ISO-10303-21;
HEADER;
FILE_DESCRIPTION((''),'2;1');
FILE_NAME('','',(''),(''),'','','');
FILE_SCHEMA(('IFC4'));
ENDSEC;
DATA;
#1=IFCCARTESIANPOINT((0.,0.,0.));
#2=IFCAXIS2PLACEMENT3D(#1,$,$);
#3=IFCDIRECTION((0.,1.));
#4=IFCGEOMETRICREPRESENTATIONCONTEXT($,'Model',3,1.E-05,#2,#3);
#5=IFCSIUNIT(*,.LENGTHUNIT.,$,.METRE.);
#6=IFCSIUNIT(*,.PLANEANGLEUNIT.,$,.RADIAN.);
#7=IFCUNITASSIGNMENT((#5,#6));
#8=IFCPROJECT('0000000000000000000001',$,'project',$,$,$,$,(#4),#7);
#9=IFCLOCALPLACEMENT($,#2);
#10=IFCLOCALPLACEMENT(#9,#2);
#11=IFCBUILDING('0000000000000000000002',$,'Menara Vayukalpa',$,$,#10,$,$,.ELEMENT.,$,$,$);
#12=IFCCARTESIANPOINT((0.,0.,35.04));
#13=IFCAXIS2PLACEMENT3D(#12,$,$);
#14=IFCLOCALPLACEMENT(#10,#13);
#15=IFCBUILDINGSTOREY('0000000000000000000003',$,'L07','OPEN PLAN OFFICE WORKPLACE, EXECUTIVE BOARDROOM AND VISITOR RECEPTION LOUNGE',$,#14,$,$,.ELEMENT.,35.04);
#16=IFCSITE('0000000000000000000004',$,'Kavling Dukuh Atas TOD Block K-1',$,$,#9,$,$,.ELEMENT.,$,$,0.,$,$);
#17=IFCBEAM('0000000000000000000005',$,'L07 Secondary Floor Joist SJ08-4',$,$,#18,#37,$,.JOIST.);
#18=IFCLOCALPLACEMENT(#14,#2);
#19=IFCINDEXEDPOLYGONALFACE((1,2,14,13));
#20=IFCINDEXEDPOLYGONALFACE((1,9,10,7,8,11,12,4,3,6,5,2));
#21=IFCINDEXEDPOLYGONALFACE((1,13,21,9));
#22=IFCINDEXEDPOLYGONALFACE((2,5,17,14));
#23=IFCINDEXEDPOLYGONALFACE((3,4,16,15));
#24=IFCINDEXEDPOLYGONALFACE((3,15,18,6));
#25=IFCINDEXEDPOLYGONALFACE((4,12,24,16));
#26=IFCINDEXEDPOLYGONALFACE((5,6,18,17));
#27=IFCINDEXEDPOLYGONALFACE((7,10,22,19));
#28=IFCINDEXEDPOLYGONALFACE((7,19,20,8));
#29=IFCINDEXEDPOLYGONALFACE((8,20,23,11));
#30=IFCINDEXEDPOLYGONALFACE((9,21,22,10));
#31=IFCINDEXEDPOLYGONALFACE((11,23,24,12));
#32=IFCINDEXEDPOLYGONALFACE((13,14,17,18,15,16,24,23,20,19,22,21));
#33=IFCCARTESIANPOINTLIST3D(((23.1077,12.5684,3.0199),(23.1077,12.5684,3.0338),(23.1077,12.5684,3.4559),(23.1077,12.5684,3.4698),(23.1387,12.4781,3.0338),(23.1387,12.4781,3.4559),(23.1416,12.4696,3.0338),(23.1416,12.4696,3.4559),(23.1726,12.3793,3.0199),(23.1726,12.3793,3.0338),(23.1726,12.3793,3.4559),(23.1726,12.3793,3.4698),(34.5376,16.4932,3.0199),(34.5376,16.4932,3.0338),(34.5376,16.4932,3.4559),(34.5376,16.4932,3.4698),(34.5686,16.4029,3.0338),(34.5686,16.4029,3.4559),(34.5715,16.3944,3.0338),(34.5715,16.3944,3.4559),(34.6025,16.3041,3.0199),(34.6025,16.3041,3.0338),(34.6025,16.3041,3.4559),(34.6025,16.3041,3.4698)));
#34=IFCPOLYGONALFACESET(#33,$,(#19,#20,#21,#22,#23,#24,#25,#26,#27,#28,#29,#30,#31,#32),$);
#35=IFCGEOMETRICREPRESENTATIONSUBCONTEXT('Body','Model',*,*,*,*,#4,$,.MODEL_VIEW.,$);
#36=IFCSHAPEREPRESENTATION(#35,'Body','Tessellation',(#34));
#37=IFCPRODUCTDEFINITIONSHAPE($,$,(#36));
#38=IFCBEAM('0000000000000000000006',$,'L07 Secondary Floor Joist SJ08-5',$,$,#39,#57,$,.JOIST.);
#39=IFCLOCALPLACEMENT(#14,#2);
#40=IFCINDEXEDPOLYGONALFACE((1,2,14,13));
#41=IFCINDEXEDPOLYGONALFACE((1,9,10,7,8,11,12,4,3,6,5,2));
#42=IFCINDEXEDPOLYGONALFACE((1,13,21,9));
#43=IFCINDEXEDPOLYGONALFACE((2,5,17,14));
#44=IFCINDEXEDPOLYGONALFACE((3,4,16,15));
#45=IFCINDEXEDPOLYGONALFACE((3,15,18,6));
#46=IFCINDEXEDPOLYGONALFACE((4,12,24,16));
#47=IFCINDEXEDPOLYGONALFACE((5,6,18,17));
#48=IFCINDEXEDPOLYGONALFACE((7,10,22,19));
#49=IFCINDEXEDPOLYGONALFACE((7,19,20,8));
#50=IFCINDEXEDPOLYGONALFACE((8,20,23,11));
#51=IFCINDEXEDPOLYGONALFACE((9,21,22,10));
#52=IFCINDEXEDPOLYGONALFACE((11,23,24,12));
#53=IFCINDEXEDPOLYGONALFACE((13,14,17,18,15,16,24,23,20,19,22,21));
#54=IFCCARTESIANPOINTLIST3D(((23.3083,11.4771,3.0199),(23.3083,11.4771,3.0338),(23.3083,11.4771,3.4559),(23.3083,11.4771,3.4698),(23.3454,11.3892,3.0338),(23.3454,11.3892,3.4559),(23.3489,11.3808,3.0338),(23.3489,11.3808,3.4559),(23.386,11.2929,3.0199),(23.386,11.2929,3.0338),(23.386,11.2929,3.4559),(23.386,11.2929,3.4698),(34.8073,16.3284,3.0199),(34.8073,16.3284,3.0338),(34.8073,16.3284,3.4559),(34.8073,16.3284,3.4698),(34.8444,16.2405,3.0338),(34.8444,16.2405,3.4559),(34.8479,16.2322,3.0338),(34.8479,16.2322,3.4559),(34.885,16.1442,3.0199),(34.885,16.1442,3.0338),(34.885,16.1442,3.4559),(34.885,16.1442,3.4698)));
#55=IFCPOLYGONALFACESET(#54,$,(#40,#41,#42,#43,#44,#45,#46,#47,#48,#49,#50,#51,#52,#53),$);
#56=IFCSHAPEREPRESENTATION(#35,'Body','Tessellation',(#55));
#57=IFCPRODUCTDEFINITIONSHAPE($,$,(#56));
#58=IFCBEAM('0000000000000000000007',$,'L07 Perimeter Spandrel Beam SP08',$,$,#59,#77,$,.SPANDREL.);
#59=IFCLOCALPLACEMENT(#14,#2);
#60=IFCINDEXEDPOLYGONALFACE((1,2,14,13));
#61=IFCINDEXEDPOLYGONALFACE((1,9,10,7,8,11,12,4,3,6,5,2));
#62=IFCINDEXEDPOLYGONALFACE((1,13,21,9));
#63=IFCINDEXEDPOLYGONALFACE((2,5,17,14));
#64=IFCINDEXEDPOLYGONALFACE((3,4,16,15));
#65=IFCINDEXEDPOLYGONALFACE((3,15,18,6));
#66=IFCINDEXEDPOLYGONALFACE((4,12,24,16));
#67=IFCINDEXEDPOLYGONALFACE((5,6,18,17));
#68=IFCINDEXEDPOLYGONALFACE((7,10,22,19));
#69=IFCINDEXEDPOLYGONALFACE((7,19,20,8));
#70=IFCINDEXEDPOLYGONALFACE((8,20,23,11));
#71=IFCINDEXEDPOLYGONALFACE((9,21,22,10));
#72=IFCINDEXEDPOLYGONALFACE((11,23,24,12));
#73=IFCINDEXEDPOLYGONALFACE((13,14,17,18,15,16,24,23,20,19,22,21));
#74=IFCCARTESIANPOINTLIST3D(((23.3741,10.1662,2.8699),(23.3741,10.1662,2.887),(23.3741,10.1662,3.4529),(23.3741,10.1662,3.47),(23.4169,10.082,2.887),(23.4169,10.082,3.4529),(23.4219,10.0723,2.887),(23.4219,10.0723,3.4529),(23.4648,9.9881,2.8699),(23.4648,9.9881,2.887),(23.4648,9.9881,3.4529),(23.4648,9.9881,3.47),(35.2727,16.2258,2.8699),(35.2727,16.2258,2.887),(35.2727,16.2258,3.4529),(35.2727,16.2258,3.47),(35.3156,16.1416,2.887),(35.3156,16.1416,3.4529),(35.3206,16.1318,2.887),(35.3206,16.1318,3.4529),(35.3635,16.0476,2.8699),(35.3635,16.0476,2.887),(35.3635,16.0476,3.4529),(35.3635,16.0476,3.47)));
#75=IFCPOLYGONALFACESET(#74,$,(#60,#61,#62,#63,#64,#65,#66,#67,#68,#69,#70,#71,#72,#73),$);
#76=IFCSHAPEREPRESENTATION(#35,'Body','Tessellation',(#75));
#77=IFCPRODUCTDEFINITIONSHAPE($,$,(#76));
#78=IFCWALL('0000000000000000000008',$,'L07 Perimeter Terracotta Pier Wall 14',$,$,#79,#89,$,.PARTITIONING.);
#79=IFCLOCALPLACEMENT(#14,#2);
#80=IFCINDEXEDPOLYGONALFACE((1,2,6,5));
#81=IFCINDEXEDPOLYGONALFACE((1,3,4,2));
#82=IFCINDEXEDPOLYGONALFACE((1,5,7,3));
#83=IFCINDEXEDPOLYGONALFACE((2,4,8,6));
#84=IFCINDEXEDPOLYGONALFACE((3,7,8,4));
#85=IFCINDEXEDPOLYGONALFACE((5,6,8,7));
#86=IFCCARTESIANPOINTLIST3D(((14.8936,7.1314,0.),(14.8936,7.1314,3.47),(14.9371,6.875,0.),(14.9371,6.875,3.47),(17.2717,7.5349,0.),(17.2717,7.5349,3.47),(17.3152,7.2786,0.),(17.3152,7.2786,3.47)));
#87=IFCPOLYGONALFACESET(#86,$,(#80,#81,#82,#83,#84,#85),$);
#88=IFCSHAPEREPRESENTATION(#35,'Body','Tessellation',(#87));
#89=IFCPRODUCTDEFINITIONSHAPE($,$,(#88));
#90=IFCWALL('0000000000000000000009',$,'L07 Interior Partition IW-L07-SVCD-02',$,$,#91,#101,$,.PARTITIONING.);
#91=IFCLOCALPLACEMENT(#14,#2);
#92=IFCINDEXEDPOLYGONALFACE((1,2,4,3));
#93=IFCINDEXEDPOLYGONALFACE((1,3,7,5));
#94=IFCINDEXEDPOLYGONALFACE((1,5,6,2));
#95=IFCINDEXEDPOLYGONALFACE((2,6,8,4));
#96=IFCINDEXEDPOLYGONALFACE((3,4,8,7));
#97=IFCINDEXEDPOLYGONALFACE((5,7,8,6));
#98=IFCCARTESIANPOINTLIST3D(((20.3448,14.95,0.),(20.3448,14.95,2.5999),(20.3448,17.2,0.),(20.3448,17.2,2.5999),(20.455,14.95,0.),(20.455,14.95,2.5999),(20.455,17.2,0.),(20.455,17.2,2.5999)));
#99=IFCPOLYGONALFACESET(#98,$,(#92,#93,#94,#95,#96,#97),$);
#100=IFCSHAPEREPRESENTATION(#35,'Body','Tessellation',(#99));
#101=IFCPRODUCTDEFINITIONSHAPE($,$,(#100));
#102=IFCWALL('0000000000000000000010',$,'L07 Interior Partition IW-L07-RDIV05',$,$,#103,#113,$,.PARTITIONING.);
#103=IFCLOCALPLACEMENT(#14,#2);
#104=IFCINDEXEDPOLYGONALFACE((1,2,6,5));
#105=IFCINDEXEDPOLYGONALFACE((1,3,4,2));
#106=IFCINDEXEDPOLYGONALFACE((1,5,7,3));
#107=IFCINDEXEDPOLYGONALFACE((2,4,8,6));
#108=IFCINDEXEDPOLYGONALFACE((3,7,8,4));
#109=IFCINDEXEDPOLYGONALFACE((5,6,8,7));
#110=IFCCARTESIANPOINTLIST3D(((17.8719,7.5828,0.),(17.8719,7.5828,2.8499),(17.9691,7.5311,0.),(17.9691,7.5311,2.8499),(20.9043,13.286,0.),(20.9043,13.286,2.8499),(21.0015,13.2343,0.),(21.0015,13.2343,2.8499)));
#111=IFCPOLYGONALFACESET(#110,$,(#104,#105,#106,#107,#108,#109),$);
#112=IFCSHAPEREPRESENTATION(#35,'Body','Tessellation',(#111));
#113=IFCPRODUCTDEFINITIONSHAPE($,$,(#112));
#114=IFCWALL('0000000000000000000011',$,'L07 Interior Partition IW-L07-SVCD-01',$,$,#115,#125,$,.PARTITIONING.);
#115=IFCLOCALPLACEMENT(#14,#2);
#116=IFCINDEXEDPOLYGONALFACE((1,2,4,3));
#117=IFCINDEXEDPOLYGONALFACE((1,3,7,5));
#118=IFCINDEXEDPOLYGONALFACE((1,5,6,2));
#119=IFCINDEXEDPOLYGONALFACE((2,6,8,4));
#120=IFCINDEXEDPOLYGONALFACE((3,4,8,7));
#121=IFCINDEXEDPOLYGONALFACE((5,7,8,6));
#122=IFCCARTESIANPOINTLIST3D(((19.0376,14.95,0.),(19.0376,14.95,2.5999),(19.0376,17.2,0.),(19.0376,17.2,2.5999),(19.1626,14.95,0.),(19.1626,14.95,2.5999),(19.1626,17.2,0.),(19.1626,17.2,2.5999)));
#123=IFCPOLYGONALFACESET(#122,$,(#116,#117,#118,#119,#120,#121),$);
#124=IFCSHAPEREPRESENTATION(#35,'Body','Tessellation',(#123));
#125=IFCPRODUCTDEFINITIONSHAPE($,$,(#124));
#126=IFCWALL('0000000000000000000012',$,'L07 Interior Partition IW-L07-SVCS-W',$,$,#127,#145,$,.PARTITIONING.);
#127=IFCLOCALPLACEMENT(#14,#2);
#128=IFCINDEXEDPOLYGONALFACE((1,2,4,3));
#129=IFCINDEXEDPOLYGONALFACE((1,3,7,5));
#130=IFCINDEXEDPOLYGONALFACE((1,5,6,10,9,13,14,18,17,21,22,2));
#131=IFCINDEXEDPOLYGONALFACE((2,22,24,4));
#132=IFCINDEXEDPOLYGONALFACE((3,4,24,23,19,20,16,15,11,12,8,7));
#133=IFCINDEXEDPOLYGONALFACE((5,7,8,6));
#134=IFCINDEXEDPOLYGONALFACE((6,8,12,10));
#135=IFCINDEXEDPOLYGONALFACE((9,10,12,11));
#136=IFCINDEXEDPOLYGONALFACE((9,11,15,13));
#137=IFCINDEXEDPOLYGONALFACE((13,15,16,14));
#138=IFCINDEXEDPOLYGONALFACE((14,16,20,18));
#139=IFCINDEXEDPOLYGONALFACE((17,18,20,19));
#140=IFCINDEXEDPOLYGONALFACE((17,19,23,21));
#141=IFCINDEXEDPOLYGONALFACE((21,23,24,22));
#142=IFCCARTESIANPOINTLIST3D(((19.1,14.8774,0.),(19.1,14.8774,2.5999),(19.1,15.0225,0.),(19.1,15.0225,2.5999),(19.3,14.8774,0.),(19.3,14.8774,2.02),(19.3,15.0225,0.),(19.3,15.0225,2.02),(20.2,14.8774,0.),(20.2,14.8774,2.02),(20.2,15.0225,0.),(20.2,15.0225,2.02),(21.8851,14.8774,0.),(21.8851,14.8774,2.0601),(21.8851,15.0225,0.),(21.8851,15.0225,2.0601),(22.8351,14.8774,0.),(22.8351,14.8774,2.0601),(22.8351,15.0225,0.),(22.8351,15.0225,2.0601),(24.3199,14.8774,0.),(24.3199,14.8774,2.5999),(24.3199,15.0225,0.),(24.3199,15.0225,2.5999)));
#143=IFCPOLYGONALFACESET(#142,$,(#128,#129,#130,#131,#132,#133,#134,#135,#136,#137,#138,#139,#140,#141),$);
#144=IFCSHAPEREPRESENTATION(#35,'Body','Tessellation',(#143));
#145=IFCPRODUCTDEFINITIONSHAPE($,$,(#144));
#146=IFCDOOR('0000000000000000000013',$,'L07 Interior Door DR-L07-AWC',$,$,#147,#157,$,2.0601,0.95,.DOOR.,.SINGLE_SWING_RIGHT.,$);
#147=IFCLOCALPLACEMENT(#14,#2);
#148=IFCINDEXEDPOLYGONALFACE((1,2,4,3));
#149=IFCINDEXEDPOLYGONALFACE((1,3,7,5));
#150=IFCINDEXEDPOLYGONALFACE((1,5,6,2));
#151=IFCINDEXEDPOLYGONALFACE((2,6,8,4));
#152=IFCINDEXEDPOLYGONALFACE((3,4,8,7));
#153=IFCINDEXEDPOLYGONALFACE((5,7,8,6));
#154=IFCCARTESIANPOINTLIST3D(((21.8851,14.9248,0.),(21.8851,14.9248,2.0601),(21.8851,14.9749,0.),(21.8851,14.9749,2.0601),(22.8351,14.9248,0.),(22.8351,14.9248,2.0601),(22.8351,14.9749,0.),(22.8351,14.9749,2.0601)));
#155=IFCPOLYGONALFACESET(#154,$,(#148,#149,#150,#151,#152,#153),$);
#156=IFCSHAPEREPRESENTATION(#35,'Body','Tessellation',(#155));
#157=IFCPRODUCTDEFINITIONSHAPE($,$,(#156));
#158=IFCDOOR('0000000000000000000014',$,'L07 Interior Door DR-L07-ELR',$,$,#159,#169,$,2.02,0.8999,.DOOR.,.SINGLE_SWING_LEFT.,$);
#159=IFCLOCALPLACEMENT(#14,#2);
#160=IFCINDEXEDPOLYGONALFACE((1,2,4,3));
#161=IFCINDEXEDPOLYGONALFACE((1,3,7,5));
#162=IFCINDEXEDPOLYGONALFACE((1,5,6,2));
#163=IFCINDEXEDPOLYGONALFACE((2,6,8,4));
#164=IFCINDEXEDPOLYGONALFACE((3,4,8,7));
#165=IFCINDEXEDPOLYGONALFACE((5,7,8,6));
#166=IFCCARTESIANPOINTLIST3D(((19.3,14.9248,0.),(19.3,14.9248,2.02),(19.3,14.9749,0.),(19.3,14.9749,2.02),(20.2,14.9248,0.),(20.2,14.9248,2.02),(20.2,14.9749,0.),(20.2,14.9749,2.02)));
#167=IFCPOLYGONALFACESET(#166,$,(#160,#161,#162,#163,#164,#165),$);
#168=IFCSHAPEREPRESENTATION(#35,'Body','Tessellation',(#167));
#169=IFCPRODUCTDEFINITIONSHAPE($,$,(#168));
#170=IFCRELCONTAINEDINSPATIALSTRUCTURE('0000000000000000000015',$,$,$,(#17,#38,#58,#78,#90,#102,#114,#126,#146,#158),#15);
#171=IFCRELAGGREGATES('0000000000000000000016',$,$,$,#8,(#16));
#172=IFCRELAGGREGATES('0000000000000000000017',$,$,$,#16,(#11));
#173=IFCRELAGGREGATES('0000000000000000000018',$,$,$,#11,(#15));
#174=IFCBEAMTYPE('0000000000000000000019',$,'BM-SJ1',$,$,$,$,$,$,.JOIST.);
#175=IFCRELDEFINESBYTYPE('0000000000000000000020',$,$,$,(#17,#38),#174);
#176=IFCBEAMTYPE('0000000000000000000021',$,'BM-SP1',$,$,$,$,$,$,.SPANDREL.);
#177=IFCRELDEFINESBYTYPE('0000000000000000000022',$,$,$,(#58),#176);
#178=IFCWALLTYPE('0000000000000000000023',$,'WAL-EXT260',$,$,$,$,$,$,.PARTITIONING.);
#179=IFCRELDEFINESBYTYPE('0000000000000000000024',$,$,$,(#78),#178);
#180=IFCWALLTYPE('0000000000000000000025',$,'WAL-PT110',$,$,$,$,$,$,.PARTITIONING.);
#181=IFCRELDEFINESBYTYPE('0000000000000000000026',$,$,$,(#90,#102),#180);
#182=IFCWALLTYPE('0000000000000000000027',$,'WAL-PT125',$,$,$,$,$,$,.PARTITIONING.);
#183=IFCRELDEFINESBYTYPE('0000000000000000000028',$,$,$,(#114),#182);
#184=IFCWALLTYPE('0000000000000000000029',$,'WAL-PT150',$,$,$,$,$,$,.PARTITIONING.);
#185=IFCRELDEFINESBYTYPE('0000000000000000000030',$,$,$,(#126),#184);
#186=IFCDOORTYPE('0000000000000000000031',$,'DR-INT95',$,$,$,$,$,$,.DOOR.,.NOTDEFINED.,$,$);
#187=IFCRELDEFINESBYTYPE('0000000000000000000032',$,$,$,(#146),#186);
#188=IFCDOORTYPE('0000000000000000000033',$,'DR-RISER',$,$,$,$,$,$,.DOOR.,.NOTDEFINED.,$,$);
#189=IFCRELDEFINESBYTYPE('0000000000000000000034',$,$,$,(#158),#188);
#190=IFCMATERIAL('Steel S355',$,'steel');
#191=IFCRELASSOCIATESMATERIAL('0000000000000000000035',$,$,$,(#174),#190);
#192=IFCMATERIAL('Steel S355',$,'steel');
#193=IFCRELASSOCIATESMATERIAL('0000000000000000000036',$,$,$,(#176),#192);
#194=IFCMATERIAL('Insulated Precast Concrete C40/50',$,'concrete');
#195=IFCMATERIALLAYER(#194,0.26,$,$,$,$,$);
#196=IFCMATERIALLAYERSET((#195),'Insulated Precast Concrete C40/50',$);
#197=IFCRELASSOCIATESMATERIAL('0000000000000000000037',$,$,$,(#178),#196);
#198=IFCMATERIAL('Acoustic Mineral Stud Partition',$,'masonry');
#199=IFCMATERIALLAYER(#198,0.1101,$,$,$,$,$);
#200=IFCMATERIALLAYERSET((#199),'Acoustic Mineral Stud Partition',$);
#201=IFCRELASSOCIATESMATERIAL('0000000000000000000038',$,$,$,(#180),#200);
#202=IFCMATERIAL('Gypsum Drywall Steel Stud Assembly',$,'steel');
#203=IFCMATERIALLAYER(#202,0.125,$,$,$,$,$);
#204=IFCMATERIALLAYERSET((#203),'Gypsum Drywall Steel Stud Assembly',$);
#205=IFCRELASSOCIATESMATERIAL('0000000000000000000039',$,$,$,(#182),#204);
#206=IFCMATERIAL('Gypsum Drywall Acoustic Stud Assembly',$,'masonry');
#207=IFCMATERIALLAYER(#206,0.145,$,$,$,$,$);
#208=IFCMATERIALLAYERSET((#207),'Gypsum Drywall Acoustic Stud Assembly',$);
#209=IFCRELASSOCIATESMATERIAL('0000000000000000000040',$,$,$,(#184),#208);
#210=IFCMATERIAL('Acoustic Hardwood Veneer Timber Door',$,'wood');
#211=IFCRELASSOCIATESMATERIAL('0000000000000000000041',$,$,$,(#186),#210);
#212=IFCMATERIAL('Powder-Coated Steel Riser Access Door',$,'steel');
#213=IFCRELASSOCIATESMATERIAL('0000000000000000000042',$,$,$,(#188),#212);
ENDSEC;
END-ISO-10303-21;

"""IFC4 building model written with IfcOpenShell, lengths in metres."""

from ifc_helpers import new_model, si_unit, direction, frame, frame_2d, origin, origin_2d, place, context, subcontext, project, spatial, rectangle, i_section, extrude, material, layer, layer_set, material_profile, profile_set, type_object, element, fill, save


model = new_model("IFC4")

# Units and contexts
model_context = context("Model", 3, precision=1e-05, world=origin(), true_north=direction((0.0, 1.0)))
body_context = subcontext(model_context, "Body", "Model", "MODEL_VIEW")
ifc_project = project(units=[si_unit("LENGTHUNIT", "METRE"), si_unit("PLANEANGLEUNIT", "RADIAN")], contexts=[model_context])

# Site, building, storey
site_placement = place(None, origin())
site = spatial("IfcSite", under=ifc_project, at=site_placement, Name="Kavling Dukuh Atas TOD Block K-1", CompositionType="ELEMENT", RefElevation=0.0)
building_placement = place(site_placement, origin())
building = spatial("IfcBuilding", under=site, at=building_placement, Name="Menara Vayukalpa", CompositionType="ELEMENT")
storey_placement = place(building_placement, frame((0.0, 0.0, 35.04)))
storey = spatial("IfcBuildingStorey", under=building, at=storey_placement, Name="L07", Description="OPEN PLAN OFFICE WORKPLACE, EXECUTIVE BOARDROOM AND VISITOR RECEPTION LOUNGE", CompositionType="ELEMENT", Elevation=35.04)

# Beams
ifc_material_1 = material(Name="Steel S355", Category="steel")
ifc_material_profile_1 = material_profile(ifc_material_1, i_section(OverallWidth=0.2, OverallDepth=0.45, WebThickness=0.009, FlangeThickness=0.0139, at=origin_2d()), Name="WF 450x200x9x14")
ifc_profile_set_1 = profile_set([ifc_material_profile_1], Name="Steel S355")
beam_type_1 = type_object("IfcBeamType", Name="BM-SJ1", PredefinedType="JOIST", material=ifc_profile_set_1)
beam_1_placement = place(storey_placement, frame((23.1401, 12.4739, 3.2449), z_axis=(0.945794, 0.324766, 0.0), x_axis=(-0.324766, 0.945794, 0.0)))
element("IfcBeam", 1, at=beam_1_placement, inside=storey, type_object=beam_type_1, Name="L07 Secondary Floor Joist SJ08-4", PredefinedType="JOIST", context=body_context, shape_type="SweptSolid", body=[
    extrude(i_section(OverallWidth=0.2, OverallDepth=0.45, WebThickness=0.009, FlangeThickness=0.0139, at=origin_2d()), origin(), (0.0, 0.0, 1.0), 12.085),
])
beam_2_placement = place(storey_placement, frame((23.3472, 11.385, 3.2449), z_axis=(0.921359, 0.388712, 0.0), x_axis=(-0.388712, 0.921359, 0.0)))
element("IfcBeam", 2, at=beam_2_placement, inside=storey, type_object=beam_type_1, Name="L07 Secondary Floor Joist SJ08-5", PredefinedType="JOIST", context=body_context, shape_type="SweptSolid", body=[
    extrude(i_section(OverallWidth=0.2, OverallDepth=0.45, WebThickness=0.009, FlangeThickness=0.0139, at=origin_2d()), origin(), (0.0, 0.0, 1.0), 12.4805),
])
ifc_material_2 = material(Name="Steel S355", Category="steel")
ifc_material_profile_2 = material_profile(ifc_material_2, i_section(OverallWidth=0.2, OverallDepth=0.6001, WebThickness=0.011, FlangeThickness=0.0171, at=origin_2d()), Name="WF 600x200x11x17")
ifc_profile_set_2 = profile_set([ifc_material_profile_2], Name="Steel S355")
beam_type_2 = type_object("IfcBeamType", Name="BM-SP1", PredefinedType="SPANDREL", material=ifc_profile_set_2)
beam_3_placement = place(storey_placement, frame((23.4194, 10.0771, 3.1699), z_axis=(0.891101, 0.453806, 0.0), x_axis=(-0.453806, 0.891101, 0.0)))
element("IfcBeam", 3, at=beam_3_placement, inside=storey, type_object=beam_type_2, Name="L07 Perimeter Spandrel Beam SP08", PredefinedType="SPANDREL", context=body_context, shape_type="SweptSolid", body=[
    extrude(i_section(OverallWidth=0.2, OverallDepth=0.6001, WebThickness=0.011, FlangeThickness=0.0171, at=origin_2d()), origin(), (0.0, 0.0, 1.0), 13.3528),
])

# Walls
ifc_material_3 = material(Name="Insulated Precast Concrete C40/50", Category="concrete")
ifc_layer_1 = layer(ifc_material_3, 0.26)
ifc_layer_set_1 = layer_set([ifc_layer_1], Name="Insulated Precast Concrete C40/50")
wall_type_1 = type_object("IfcWallType", Name="WAL-EXT260", PredefinedType="PARTITIONING", material=ifc_layer_set_1)
wall_1_placement = place(storey_placement, frame((17.2935, 7.4067, 0.0), z_axis=(0.0, 0.0, 1.0), x_axis=(-0.985905, -0.167303, 0.0)))
element("IfcWall", 4, at=wall_1_placement, inside=storey, type_object=wall_type_1, Name="L07 Perimeter Terracotta Pier Wall 14", PredefinedType="PARTITIONING", context=body_context, shape_type="SweptSolid", body=[
    extrude(rectangle(XDim=2.4121, YDim=0.26, at=frame_2d((1.2061, 0.0))), origin(), (0.0, 0.0, 1.0), 3.47),
])
ifc_material_4 = material(Name="Acoustic Mineral Stud Partition", Category="masonry")
ifc_layer_2 = layer(ifc_material_4, 0.1101)
ifc_layer_set_2 = layer_set([ifc_layer_2], Name="Acoustic Mineral Stud Partition")
wall_type_2 = type_object("IfcWallType", Name="WAL-PT110", PredefinedType="PARTITIONING", material=ifc_layer_set_2)
wall_2_placement = place(storey_placement, frame((20.3999, 14.95, 0.0), z_axis=(0.0, 0.0, 1.0), x_axis=(0.0, 1.0, 0.0)))
element("IfcWall", 5, at=wall_2_placement, inside=storey, type_object=wall_type_2, Name="L07 Interior Partition IW-L07-SVCD-02", PredefinedType="PARTITIONING", context=body_context, shape_type="SweptSolid", body=[
    extrude(rectangle(XDim=2.25, YDim=0.1101, at=frame_2d((1.125, 0.0))), origin(), (0.0, 0.0, 1.0), 2.5999),
])
wall_3_placement = place(storey_placement, frame((20.9529, 13.26, 0.0), z_axis=(0.0, 0.0, 1.0), x_axis=(-0.469479, -0.882943, 0.0)))
element("IfcWall", 6, at=wall_3_placement, inside=storey, type_object=wall_type_2, Name="L07 Interior Partition IW-L07-RDIV05", PredefinedType="PARTITIONING", context=body_context, shape_type="SweptSolid", body=[
    extrude(rectangle(XDim=6.4592, YDim=0.1101, at=frame_2d((3.2295, 0.0))), origin(), (0.0, 0.0, 1.0), 2.8499),
])
ifc_material_5 = material(Name="Gypsum Drywall Steel Stud Assembly", Category="steel")
ifc_layer_3 = layer(ifc_material_5, 0.125)
ifc_layer_set_3 = layer_set([ifc_layer_3], Name="Gypsum Drywall Steel Stud Assembly")
wall_type_3 = type_object("IfcWallType", Name="WAL-PT125", PredefinedType="PARTITIONING", material=ifc_layer_set_3)
wall_4_placement = place(storey_placement, frame((19.1001, 14.95, 0.0), z_axis=(0.0, 0.0, 1.0), x_axis=(0.0, 1.0, 0.0)))
element("IfcWall", 7, at=wall_4_placement, inside=storey, type_object=wall_type_3, Name="L07 Interior Partition IW-L07-SVCD-01", PredefinedType="PARTITIONING", context=body_context, shape_type="SweptSolid", body=[
    extrude(rectangle(XDim=2.25, YDim=0.125, at=frame_2d((1.125, 0.0))), origin(), (0.0, 0.0, 1.0), 2.5999),
])

# Wall, openings, doors
ifc_material_6 = material(Name="Gypsum Drywall Acoustic Stud Assembly", Category="masonry")
ifc_layer_4 = layer(ifc_material_6, 0.145)
ifc_layer_set_4 = layer_set([ifc_layer_4], Name="Gypsum Drywall Acoustic Stud Assembly")
wall_type_4 = type_object("IfcWallType", Name="WAL-PT150", PredefinedType="PARTITIONING", material=ifc_layer_set_4)
wall_5_placement = place(storey_placement, frame((19.1001, 14.95, 0.0), z_axis=(0.0, 0.0, 1.0), x_axis=(1.0, 0.0, 0.0)))
wall_5 = element("IfcWall", 8, at=wall_5_placement, inside=storey, type_object=wall_type_4, Name="L07 Interior Partition IW-L07-SVCS-W", PredefinedType="PARTITIONING", context=body_context, shape_type="SweptSolid", body=[
    extrude(rectangle(XDim=5.22, YDim=0.145, at=frame_2d((2.6099, 0.0))), origin(), (0.0, 0.0, 1.0), 2.5999),
])
opening_1_placement = place(wall_5_placement, frame((0.2, 0.0, 0.0)))
opening_1 = element("IfcOpeningElement", 9, at=opening_1_placement, cuts=wall_5, PredefinedType="OPENING", context=body_context, shape_type="SweptSolid", body=[
    extrude(rectangle(XDim=0.8999, YDim=2.02, at=frame_2d((0.45, 1.01))), frame((0.0, 0.0825, 0.0), z_axis=(0.0, -1.0, 0.0), x_axis=(1.0, 0.0, 0.0)), (0.0, 0.0, 1.0), 0.165),
])
opening_2_placement = place(wall_5_placement, frame((2.7849, 0.0, 0.0)))
opening_2 = element("IfcOpeningElement", 10, at=opening_2_placement, cuts=wall_5, PredefinedType="OPENING", context=body_context, shape_type="SweptSolid", body=[
    extrude(rectangle(XDim=0.95, YDim=2.0601, at=frame_2d((0.4751, 1.03))), frame((0.0, 0.0825, 0.0), z_axis=(0.0, -1.0, 0.0), x_axis=(1.0, 0.0, 0.0)), (0.0, 0.0, 1.0), 0.165),
])
ifc_material_7 = material(Name="Acoustic Hardwood Veneer Timber Door", Category="wood")
door_type_1 = type_object("IfcDoorType", Name="DR-INT95", OperationType="NOTDEFINED", PredefinedType="DOOR", material=ifc_material_7)
door_1_placement = place(opening_2_placement, origin())
door_1 = element("IfcDoor", 11, at=door_1_placement, inside=storey, type_object=door_type_1, Name="L07 Interior Door DR-L07-AWC", OperationType="SINGLE_SWING_RIGHT", OverallHeight=2.0601, OverallWidth=0.95, PredefinedType="DOOR", context=body_context, shape_type="SweptSolid", body=[
    extrude(rectangle(XDim=0.95, YDim=2.0601, at=frame_2d((0.4751, 1.03))), frame((0.0, 0.0249, 0.0), z_axis=(0.0, -1.0, 0.0), x_axis=(1.0, 0.0, 0.0)), (0.0, 0.0, 1.0), 0.05),
])
fill(opening_2, door_1)
ifc_material_8 = material(Name="Powder-Coated Steel Riser Access Door", Category="steel")
door_type_2 = type_object("IfcDoorType", Name="DR-RISER", OperationType="NOTDEFINED", PredefinedType="DOOR", material=ifc_material_8)
door_2_placement = place(opening_1_placement, origin())
door_2 = element("IfcDoor", 12, at=door_2_placement, inside=storey, type_object=door_type_2, Name="L07 Interior Door DR-L07-ELR", OperationType="SINGLE_SWING_LEFT", OverallHeight=2.02, OverallWidth=0.8999, PredefinedType="DOOR", context=body_context, shape_type="SweptSolid", body=[
    extrude(rectangle(XDim=0.8999, YDim=2.02, at=frame_2d((0.45, 1.01))), frame((0.0, 0.0249, 0.0), z_axis=(0.0, -1.0, 0.0), x_axis=(1.0, 0.0, 0.0)), (0.0, 0.0, 1.0), 0.05),
])
fill(opening_1, door_2)

save(model, "model.ifc")
